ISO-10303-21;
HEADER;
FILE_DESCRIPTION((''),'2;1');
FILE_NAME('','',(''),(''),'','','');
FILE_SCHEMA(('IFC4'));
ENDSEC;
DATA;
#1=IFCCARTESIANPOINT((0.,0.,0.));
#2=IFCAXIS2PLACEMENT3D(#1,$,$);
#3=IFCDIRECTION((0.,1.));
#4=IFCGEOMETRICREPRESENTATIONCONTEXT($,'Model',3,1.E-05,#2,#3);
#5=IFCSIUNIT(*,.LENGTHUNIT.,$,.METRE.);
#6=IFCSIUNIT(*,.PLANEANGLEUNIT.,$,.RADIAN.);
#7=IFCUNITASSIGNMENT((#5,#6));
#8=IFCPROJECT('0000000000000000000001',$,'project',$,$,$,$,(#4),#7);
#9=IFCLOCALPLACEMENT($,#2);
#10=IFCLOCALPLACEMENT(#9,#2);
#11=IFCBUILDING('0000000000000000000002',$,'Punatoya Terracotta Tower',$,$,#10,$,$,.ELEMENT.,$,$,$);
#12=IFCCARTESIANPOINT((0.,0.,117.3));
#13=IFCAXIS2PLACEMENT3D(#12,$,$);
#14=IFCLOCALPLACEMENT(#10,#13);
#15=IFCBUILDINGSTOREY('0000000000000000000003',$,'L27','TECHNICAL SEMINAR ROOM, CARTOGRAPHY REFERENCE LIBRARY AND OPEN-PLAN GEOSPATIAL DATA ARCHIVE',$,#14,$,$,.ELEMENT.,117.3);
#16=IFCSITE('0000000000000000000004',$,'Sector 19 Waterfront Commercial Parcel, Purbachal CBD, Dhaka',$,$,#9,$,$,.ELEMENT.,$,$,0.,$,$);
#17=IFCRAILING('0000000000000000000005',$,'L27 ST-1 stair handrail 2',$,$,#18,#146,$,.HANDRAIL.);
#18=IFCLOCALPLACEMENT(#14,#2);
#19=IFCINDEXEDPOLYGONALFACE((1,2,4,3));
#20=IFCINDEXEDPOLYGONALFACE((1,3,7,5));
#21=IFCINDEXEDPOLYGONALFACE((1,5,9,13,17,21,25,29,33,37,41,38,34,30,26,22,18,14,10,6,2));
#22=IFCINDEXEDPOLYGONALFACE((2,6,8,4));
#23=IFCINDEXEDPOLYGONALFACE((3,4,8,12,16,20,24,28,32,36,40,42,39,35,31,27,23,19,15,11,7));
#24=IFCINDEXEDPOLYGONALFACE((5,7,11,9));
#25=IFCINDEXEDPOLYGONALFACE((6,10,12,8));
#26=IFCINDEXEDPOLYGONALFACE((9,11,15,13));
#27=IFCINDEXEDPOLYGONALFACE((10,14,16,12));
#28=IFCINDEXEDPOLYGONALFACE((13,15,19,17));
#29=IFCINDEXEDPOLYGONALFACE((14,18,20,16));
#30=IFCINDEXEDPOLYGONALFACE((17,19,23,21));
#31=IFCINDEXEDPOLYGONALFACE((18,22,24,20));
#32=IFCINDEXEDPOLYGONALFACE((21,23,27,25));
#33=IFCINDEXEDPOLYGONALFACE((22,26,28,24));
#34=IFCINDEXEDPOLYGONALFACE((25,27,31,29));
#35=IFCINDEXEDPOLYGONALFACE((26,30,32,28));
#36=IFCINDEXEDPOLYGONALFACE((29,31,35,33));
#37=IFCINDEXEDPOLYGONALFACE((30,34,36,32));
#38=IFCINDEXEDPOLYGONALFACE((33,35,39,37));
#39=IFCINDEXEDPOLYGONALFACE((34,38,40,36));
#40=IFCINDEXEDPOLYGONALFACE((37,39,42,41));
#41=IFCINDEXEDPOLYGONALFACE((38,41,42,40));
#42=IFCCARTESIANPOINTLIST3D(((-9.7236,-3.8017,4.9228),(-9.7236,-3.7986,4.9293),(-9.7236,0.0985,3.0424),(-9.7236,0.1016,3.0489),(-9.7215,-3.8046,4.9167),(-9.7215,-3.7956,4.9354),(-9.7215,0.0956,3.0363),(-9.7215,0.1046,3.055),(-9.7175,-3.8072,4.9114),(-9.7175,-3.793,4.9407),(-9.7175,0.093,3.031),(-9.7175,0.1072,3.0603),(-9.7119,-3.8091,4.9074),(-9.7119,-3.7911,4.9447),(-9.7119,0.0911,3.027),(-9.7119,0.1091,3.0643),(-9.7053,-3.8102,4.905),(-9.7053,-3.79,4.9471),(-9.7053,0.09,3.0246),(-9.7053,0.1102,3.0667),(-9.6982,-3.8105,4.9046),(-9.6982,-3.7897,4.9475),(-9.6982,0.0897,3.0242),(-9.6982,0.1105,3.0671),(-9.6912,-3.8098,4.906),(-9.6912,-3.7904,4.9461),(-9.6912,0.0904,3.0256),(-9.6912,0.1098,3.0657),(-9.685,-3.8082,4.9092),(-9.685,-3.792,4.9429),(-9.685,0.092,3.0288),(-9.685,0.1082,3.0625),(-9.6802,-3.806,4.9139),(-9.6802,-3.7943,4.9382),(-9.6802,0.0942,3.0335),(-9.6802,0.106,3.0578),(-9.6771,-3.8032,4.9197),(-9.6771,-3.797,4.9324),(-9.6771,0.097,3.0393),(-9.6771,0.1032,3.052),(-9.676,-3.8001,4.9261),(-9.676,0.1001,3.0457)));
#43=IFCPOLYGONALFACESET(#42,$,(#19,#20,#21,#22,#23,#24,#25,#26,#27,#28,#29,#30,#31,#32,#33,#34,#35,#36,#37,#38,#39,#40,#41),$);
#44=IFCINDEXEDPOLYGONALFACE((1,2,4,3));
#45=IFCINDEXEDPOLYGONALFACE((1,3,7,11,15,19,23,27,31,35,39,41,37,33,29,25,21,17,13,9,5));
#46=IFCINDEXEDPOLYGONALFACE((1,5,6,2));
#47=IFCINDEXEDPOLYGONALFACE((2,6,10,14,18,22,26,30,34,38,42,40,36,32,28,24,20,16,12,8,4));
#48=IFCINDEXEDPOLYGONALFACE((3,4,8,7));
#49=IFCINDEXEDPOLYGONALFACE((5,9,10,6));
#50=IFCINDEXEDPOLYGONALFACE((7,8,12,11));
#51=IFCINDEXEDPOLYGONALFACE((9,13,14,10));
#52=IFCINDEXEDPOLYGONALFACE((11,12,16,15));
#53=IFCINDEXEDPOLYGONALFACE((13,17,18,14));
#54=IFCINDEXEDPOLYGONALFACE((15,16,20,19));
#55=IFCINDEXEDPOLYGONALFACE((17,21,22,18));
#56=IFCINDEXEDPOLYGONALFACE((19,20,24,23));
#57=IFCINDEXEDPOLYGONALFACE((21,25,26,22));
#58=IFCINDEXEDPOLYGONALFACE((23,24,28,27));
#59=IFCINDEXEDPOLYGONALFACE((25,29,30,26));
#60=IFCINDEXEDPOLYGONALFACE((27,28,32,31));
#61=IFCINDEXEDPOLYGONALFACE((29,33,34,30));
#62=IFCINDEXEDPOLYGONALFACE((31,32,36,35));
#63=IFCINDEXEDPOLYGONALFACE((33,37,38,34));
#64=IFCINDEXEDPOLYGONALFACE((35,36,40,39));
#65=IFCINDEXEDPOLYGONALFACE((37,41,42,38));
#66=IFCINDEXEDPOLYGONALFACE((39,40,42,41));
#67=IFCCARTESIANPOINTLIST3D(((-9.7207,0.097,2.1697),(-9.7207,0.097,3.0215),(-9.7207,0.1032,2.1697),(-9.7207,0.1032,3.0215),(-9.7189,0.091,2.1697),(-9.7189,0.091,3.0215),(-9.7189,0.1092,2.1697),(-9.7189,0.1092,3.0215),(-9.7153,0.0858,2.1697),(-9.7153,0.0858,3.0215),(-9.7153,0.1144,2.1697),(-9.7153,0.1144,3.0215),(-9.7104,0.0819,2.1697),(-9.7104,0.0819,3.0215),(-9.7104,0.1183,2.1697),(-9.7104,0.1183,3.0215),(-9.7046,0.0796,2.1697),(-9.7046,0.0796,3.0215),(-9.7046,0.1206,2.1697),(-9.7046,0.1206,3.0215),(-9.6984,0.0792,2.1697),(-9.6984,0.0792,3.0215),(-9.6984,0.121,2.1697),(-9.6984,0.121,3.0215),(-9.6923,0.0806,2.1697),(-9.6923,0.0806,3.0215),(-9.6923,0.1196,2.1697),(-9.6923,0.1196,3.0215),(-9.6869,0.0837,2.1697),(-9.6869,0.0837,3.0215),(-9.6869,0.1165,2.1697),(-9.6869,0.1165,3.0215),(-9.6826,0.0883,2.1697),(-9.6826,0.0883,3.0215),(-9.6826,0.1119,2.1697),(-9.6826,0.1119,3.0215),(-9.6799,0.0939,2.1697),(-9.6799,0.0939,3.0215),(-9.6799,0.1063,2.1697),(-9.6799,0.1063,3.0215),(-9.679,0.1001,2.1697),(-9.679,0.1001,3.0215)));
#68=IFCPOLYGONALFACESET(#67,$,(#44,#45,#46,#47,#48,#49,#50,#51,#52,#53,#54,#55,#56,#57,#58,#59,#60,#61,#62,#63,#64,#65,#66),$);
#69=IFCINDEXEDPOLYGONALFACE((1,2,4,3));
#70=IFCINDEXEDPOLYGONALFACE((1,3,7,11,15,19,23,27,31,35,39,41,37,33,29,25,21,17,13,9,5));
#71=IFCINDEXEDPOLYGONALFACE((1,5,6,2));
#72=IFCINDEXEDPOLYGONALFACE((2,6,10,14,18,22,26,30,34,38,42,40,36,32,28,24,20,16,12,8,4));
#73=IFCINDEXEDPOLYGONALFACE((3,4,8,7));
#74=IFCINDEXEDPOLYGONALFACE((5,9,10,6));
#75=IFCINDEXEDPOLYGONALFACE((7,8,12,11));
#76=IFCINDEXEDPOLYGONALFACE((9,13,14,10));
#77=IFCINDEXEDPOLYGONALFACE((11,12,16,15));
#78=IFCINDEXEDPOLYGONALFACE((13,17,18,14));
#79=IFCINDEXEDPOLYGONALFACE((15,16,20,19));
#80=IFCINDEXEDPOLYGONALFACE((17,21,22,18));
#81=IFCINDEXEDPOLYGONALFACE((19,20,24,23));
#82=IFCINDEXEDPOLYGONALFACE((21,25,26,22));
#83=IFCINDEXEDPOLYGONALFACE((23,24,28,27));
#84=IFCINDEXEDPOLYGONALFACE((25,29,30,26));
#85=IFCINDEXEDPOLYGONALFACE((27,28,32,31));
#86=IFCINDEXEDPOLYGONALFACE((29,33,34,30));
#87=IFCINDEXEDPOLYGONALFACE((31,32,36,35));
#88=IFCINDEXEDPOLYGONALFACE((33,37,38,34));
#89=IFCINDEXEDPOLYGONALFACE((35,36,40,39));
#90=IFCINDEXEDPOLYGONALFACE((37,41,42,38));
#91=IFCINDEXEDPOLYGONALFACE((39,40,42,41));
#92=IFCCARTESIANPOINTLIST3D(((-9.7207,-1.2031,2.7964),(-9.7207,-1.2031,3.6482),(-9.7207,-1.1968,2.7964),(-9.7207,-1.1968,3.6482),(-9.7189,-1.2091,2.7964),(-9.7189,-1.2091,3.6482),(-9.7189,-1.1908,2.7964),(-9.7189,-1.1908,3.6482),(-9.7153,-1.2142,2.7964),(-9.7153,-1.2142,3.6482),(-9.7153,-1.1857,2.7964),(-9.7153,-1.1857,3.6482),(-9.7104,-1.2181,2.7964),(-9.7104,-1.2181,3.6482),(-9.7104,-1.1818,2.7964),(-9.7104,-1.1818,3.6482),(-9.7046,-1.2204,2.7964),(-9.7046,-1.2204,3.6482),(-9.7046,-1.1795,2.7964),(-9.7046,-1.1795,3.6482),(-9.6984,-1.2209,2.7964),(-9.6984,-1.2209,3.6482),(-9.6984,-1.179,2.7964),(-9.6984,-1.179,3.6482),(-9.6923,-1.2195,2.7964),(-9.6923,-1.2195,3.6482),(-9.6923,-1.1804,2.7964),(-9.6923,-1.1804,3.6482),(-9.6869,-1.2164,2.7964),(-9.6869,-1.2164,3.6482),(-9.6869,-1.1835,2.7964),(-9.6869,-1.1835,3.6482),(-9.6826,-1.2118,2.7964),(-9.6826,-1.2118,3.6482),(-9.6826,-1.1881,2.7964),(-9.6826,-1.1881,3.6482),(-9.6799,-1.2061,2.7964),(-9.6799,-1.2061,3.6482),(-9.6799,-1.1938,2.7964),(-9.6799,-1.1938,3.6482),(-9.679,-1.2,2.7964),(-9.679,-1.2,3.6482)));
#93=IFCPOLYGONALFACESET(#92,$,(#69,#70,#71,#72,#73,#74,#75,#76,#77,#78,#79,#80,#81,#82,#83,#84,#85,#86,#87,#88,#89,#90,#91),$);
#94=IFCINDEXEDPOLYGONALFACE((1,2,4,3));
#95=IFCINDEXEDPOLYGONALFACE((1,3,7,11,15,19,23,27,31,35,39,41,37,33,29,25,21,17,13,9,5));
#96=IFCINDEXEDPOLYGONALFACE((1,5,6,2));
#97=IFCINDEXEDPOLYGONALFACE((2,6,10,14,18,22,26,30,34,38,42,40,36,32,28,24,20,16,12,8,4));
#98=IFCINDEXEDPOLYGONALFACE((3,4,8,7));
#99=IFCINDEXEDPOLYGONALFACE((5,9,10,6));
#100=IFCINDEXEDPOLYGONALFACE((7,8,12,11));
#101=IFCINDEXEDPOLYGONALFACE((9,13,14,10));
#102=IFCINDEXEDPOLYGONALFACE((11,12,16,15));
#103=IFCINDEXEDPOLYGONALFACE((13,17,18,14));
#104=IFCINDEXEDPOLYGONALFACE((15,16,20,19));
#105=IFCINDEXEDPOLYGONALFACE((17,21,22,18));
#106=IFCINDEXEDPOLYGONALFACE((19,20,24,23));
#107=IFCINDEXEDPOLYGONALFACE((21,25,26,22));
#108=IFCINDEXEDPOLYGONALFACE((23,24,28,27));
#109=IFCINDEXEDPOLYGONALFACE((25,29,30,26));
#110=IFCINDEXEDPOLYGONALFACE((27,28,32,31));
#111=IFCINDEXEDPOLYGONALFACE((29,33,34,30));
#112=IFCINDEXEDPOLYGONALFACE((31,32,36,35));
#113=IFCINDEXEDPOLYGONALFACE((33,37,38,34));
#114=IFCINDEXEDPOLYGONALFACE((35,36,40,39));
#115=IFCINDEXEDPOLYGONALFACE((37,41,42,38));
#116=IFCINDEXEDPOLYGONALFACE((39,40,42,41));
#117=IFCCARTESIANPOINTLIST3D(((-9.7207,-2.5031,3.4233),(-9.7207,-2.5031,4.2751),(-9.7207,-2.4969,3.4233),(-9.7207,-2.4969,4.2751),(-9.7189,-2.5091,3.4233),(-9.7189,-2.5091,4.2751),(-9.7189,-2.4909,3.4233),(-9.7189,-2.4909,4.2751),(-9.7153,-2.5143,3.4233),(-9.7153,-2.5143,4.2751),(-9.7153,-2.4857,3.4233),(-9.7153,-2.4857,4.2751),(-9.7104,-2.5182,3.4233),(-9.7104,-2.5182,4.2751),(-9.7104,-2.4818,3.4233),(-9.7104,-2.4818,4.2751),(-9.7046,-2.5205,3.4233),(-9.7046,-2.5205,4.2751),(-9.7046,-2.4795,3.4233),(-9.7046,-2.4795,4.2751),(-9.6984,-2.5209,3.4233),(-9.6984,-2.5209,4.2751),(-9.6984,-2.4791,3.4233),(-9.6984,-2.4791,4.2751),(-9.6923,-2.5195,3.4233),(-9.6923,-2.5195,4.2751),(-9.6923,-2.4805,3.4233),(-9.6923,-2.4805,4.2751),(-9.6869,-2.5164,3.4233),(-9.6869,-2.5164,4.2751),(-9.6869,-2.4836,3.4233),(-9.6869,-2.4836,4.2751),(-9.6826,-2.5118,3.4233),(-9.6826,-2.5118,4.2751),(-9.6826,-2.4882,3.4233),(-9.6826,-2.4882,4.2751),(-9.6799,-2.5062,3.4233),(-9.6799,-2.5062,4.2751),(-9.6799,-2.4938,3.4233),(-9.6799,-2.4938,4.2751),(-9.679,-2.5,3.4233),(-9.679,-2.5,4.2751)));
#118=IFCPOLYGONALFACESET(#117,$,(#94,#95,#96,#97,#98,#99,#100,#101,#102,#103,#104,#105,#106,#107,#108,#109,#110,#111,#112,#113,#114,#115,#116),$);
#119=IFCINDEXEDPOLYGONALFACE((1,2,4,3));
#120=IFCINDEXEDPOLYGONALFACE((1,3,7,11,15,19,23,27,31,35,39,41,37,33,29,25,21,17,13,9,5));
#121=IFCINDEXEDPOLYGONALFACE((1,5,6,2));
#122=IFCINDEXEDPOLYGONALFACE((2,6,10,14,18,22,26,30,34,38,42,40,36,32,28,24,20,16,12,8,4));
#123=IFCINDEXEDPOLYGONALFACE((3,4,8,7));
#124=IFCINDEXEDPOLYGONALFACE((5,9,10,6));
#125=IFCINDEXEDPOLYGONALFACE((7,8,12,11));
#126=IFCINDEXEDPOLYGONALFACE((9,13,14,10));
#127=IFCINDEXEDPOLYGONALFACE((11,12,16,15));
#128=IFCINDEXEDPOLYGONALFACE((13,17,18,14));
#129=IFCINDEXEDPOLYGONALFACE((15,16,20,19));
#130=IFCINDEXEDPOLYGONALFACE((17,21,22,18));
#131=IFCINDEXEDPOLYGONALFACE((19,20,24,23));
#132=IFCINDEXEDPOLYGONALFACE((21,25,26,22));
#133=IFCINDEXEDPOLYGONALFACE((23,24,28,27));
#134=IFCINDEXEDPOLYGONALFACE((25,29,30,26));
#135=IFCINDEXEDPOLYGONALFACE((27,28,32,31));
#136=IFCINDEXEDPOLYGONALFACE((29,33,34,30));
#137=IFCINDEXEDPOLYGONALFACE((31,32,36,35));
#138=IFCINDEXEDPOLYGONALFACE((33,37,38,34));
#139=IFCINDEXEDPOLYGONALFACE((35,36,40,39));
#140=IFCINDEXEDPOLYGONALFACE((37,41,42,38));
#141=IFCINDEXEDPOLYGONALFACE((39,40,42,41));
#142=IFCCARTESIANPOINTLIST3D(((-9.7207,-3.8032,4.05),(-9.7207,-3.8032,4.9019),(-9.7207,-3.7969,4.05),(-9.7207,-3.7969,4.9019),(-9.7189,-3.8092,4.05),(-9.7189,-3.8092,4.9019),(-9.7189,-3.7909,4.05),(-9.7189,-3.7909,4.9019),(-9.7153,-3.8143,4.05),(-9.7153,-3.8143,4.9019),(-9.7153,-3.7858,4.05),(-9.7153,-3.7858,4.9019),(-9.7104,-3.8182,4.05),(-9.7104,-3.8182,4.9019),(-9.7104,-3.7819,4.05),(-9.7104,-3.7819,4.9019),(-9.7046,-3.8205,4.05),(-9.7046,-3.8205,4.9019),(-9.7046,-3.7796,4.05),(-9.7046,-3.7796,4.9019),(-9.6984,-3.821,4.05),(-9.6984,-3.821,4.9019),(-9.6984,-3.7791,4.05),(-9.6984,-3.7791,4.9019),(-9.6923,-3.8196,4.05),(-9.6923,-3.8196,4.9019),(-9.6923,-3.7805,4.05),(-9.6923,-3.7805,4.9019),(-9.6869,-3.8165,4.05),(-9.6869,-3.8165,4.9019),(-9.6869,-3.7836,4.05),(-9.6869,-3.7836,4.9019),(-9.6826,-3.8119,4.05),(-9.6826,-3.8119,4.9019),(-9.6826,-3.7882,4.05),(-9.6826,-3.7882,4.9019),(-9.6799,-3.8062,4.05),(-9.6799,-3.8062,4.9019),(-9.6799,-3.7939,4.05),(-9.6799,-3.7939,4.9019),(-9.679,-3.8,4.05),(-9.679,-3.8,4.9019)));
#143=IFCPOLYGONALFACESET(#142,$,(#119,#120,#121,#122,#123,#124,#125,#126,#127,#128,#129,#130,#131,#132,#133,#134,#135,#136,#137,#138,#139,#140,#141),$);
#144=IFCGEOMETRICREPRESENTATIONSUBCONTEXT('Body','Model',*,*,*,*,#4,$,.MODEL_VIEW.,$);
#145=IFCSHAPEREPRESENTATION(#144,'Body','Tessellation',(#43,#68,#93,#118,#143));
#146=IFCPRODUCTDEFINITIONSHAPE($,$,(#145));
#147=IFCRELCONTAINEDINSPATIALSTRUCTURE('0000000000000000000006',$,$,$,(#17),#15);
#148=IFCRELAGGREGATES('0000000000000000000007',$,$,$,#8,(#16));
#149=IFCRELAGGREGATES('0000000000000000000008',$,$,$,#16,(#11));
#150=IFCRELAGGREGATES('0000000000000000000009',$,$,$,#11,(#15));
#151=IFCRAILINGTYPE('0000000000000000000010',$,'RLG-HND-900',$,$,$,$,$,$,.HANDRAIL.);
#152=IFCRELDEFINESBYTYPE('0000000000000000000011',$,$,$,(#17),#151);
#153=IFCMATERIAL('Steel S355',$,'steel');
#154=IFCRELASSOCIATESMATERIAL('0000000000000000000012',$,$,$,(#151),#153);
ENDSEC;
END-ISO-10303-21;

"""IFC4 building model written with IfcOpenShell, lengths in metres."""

from ifc_helpers import new_model, si_unit, direction, frame, origin, origin_2d, place, context, subcontext, project, spatial, circle, extrude, material, type_object, element, save


model = new_model("IFC4")

# Units and contexts
model_context = context("Model", 3, precision=1e-05, world=origin(), true_north=direction((0.0, 1.0)))
body_context = subcontext(model_context, "Body", "Model", "MODEL_VIEW")
ifc_project = project(units=[si_unit("LENGTHUNIT", "METRE"), si_unit("PLANEANGLEUNIT", "RADIAN")], contexts=[model_context])

# Site, building, storey
site_placement = place(None, origin())
site = spatial("IfcSite", under=ifc_project, at=site_placement, Name="Sector 19 Waterfront Commercial Parcel, Purbachal CBD, Dhaka", CompositionType="ELEMENT", RefElevation=0.0)
building_placement = place(site_placement, origin())
building = spatial("IfcBuilding", under=site, at=building_placement, Name="Punatoya Terracotta Tower", CompositionType="ELEMENT")
storey_placement = place(building_placement, frame((0.0, 0.0, 117.3)))
storey = spatial("IfcBuildingStorey", under=building, at=storey_placement, Name="L27", Description="TECHNICAL SEMINAR ROOM, CARTOGRAPHY REFERENCE LIBRARY AND OPEN-PLAN GEOSPATIAL DATA ARCHIVE", CompositionType="ELEMENT", Elevation=117.3)

# Shared definitions
ifc_material_1 = material(Name="Steel S355", Category="steel")

# Railing
railing_type = type_object("IfcRailingType", Name="RLG-HND-900", PredefinedType="HANDRAIL", material=ifc_material_1)
railing_placement = place(storey_placement, frame((-9.7, 0.1001, 2.1697)))
element("IfcRailing", 1, at=railing_placement, inside=storey, type_object=railing_type, Name="L27 ST-1 stair handrail 2", PredefinedType="HANDRAIL", context=body_context, shape_type="SweptSolid", body=[
    extrude(circle(Radius=0.0239, at=origin_2d()), frame((0.0, 0.0, 0.876), z_axis=(0.0, -0.900774, 0.434289), x_axis=(1.0, 0.0, 0.0)), (0.0, 0.0, 1.0), 4.3298),
    extrude(circle(Radius=0.021, at=origin_2d()), origin(), (0.0, 0.0, 1.0), 0.8518),
    extrude(circle(Radius=0.021, at=origin_2d()), frame((0.0, -1.3, 0.6267)), (0.0, 0.0, 1.0), 0.8518),
    extrude(circle(Radius=0.021, at=origin_2d()), frame((0.0, -2.6001, 1.2537)), (0.0, 0.0, 1.0), 0.8518),
    extrude(circle(Radius=0.021, at=origin_2d()), frame((0.0, -3.9001, 1.8804)), (0.0, 0.0, 1.0), 0.8518),
])

save(model, "model.ifc")
